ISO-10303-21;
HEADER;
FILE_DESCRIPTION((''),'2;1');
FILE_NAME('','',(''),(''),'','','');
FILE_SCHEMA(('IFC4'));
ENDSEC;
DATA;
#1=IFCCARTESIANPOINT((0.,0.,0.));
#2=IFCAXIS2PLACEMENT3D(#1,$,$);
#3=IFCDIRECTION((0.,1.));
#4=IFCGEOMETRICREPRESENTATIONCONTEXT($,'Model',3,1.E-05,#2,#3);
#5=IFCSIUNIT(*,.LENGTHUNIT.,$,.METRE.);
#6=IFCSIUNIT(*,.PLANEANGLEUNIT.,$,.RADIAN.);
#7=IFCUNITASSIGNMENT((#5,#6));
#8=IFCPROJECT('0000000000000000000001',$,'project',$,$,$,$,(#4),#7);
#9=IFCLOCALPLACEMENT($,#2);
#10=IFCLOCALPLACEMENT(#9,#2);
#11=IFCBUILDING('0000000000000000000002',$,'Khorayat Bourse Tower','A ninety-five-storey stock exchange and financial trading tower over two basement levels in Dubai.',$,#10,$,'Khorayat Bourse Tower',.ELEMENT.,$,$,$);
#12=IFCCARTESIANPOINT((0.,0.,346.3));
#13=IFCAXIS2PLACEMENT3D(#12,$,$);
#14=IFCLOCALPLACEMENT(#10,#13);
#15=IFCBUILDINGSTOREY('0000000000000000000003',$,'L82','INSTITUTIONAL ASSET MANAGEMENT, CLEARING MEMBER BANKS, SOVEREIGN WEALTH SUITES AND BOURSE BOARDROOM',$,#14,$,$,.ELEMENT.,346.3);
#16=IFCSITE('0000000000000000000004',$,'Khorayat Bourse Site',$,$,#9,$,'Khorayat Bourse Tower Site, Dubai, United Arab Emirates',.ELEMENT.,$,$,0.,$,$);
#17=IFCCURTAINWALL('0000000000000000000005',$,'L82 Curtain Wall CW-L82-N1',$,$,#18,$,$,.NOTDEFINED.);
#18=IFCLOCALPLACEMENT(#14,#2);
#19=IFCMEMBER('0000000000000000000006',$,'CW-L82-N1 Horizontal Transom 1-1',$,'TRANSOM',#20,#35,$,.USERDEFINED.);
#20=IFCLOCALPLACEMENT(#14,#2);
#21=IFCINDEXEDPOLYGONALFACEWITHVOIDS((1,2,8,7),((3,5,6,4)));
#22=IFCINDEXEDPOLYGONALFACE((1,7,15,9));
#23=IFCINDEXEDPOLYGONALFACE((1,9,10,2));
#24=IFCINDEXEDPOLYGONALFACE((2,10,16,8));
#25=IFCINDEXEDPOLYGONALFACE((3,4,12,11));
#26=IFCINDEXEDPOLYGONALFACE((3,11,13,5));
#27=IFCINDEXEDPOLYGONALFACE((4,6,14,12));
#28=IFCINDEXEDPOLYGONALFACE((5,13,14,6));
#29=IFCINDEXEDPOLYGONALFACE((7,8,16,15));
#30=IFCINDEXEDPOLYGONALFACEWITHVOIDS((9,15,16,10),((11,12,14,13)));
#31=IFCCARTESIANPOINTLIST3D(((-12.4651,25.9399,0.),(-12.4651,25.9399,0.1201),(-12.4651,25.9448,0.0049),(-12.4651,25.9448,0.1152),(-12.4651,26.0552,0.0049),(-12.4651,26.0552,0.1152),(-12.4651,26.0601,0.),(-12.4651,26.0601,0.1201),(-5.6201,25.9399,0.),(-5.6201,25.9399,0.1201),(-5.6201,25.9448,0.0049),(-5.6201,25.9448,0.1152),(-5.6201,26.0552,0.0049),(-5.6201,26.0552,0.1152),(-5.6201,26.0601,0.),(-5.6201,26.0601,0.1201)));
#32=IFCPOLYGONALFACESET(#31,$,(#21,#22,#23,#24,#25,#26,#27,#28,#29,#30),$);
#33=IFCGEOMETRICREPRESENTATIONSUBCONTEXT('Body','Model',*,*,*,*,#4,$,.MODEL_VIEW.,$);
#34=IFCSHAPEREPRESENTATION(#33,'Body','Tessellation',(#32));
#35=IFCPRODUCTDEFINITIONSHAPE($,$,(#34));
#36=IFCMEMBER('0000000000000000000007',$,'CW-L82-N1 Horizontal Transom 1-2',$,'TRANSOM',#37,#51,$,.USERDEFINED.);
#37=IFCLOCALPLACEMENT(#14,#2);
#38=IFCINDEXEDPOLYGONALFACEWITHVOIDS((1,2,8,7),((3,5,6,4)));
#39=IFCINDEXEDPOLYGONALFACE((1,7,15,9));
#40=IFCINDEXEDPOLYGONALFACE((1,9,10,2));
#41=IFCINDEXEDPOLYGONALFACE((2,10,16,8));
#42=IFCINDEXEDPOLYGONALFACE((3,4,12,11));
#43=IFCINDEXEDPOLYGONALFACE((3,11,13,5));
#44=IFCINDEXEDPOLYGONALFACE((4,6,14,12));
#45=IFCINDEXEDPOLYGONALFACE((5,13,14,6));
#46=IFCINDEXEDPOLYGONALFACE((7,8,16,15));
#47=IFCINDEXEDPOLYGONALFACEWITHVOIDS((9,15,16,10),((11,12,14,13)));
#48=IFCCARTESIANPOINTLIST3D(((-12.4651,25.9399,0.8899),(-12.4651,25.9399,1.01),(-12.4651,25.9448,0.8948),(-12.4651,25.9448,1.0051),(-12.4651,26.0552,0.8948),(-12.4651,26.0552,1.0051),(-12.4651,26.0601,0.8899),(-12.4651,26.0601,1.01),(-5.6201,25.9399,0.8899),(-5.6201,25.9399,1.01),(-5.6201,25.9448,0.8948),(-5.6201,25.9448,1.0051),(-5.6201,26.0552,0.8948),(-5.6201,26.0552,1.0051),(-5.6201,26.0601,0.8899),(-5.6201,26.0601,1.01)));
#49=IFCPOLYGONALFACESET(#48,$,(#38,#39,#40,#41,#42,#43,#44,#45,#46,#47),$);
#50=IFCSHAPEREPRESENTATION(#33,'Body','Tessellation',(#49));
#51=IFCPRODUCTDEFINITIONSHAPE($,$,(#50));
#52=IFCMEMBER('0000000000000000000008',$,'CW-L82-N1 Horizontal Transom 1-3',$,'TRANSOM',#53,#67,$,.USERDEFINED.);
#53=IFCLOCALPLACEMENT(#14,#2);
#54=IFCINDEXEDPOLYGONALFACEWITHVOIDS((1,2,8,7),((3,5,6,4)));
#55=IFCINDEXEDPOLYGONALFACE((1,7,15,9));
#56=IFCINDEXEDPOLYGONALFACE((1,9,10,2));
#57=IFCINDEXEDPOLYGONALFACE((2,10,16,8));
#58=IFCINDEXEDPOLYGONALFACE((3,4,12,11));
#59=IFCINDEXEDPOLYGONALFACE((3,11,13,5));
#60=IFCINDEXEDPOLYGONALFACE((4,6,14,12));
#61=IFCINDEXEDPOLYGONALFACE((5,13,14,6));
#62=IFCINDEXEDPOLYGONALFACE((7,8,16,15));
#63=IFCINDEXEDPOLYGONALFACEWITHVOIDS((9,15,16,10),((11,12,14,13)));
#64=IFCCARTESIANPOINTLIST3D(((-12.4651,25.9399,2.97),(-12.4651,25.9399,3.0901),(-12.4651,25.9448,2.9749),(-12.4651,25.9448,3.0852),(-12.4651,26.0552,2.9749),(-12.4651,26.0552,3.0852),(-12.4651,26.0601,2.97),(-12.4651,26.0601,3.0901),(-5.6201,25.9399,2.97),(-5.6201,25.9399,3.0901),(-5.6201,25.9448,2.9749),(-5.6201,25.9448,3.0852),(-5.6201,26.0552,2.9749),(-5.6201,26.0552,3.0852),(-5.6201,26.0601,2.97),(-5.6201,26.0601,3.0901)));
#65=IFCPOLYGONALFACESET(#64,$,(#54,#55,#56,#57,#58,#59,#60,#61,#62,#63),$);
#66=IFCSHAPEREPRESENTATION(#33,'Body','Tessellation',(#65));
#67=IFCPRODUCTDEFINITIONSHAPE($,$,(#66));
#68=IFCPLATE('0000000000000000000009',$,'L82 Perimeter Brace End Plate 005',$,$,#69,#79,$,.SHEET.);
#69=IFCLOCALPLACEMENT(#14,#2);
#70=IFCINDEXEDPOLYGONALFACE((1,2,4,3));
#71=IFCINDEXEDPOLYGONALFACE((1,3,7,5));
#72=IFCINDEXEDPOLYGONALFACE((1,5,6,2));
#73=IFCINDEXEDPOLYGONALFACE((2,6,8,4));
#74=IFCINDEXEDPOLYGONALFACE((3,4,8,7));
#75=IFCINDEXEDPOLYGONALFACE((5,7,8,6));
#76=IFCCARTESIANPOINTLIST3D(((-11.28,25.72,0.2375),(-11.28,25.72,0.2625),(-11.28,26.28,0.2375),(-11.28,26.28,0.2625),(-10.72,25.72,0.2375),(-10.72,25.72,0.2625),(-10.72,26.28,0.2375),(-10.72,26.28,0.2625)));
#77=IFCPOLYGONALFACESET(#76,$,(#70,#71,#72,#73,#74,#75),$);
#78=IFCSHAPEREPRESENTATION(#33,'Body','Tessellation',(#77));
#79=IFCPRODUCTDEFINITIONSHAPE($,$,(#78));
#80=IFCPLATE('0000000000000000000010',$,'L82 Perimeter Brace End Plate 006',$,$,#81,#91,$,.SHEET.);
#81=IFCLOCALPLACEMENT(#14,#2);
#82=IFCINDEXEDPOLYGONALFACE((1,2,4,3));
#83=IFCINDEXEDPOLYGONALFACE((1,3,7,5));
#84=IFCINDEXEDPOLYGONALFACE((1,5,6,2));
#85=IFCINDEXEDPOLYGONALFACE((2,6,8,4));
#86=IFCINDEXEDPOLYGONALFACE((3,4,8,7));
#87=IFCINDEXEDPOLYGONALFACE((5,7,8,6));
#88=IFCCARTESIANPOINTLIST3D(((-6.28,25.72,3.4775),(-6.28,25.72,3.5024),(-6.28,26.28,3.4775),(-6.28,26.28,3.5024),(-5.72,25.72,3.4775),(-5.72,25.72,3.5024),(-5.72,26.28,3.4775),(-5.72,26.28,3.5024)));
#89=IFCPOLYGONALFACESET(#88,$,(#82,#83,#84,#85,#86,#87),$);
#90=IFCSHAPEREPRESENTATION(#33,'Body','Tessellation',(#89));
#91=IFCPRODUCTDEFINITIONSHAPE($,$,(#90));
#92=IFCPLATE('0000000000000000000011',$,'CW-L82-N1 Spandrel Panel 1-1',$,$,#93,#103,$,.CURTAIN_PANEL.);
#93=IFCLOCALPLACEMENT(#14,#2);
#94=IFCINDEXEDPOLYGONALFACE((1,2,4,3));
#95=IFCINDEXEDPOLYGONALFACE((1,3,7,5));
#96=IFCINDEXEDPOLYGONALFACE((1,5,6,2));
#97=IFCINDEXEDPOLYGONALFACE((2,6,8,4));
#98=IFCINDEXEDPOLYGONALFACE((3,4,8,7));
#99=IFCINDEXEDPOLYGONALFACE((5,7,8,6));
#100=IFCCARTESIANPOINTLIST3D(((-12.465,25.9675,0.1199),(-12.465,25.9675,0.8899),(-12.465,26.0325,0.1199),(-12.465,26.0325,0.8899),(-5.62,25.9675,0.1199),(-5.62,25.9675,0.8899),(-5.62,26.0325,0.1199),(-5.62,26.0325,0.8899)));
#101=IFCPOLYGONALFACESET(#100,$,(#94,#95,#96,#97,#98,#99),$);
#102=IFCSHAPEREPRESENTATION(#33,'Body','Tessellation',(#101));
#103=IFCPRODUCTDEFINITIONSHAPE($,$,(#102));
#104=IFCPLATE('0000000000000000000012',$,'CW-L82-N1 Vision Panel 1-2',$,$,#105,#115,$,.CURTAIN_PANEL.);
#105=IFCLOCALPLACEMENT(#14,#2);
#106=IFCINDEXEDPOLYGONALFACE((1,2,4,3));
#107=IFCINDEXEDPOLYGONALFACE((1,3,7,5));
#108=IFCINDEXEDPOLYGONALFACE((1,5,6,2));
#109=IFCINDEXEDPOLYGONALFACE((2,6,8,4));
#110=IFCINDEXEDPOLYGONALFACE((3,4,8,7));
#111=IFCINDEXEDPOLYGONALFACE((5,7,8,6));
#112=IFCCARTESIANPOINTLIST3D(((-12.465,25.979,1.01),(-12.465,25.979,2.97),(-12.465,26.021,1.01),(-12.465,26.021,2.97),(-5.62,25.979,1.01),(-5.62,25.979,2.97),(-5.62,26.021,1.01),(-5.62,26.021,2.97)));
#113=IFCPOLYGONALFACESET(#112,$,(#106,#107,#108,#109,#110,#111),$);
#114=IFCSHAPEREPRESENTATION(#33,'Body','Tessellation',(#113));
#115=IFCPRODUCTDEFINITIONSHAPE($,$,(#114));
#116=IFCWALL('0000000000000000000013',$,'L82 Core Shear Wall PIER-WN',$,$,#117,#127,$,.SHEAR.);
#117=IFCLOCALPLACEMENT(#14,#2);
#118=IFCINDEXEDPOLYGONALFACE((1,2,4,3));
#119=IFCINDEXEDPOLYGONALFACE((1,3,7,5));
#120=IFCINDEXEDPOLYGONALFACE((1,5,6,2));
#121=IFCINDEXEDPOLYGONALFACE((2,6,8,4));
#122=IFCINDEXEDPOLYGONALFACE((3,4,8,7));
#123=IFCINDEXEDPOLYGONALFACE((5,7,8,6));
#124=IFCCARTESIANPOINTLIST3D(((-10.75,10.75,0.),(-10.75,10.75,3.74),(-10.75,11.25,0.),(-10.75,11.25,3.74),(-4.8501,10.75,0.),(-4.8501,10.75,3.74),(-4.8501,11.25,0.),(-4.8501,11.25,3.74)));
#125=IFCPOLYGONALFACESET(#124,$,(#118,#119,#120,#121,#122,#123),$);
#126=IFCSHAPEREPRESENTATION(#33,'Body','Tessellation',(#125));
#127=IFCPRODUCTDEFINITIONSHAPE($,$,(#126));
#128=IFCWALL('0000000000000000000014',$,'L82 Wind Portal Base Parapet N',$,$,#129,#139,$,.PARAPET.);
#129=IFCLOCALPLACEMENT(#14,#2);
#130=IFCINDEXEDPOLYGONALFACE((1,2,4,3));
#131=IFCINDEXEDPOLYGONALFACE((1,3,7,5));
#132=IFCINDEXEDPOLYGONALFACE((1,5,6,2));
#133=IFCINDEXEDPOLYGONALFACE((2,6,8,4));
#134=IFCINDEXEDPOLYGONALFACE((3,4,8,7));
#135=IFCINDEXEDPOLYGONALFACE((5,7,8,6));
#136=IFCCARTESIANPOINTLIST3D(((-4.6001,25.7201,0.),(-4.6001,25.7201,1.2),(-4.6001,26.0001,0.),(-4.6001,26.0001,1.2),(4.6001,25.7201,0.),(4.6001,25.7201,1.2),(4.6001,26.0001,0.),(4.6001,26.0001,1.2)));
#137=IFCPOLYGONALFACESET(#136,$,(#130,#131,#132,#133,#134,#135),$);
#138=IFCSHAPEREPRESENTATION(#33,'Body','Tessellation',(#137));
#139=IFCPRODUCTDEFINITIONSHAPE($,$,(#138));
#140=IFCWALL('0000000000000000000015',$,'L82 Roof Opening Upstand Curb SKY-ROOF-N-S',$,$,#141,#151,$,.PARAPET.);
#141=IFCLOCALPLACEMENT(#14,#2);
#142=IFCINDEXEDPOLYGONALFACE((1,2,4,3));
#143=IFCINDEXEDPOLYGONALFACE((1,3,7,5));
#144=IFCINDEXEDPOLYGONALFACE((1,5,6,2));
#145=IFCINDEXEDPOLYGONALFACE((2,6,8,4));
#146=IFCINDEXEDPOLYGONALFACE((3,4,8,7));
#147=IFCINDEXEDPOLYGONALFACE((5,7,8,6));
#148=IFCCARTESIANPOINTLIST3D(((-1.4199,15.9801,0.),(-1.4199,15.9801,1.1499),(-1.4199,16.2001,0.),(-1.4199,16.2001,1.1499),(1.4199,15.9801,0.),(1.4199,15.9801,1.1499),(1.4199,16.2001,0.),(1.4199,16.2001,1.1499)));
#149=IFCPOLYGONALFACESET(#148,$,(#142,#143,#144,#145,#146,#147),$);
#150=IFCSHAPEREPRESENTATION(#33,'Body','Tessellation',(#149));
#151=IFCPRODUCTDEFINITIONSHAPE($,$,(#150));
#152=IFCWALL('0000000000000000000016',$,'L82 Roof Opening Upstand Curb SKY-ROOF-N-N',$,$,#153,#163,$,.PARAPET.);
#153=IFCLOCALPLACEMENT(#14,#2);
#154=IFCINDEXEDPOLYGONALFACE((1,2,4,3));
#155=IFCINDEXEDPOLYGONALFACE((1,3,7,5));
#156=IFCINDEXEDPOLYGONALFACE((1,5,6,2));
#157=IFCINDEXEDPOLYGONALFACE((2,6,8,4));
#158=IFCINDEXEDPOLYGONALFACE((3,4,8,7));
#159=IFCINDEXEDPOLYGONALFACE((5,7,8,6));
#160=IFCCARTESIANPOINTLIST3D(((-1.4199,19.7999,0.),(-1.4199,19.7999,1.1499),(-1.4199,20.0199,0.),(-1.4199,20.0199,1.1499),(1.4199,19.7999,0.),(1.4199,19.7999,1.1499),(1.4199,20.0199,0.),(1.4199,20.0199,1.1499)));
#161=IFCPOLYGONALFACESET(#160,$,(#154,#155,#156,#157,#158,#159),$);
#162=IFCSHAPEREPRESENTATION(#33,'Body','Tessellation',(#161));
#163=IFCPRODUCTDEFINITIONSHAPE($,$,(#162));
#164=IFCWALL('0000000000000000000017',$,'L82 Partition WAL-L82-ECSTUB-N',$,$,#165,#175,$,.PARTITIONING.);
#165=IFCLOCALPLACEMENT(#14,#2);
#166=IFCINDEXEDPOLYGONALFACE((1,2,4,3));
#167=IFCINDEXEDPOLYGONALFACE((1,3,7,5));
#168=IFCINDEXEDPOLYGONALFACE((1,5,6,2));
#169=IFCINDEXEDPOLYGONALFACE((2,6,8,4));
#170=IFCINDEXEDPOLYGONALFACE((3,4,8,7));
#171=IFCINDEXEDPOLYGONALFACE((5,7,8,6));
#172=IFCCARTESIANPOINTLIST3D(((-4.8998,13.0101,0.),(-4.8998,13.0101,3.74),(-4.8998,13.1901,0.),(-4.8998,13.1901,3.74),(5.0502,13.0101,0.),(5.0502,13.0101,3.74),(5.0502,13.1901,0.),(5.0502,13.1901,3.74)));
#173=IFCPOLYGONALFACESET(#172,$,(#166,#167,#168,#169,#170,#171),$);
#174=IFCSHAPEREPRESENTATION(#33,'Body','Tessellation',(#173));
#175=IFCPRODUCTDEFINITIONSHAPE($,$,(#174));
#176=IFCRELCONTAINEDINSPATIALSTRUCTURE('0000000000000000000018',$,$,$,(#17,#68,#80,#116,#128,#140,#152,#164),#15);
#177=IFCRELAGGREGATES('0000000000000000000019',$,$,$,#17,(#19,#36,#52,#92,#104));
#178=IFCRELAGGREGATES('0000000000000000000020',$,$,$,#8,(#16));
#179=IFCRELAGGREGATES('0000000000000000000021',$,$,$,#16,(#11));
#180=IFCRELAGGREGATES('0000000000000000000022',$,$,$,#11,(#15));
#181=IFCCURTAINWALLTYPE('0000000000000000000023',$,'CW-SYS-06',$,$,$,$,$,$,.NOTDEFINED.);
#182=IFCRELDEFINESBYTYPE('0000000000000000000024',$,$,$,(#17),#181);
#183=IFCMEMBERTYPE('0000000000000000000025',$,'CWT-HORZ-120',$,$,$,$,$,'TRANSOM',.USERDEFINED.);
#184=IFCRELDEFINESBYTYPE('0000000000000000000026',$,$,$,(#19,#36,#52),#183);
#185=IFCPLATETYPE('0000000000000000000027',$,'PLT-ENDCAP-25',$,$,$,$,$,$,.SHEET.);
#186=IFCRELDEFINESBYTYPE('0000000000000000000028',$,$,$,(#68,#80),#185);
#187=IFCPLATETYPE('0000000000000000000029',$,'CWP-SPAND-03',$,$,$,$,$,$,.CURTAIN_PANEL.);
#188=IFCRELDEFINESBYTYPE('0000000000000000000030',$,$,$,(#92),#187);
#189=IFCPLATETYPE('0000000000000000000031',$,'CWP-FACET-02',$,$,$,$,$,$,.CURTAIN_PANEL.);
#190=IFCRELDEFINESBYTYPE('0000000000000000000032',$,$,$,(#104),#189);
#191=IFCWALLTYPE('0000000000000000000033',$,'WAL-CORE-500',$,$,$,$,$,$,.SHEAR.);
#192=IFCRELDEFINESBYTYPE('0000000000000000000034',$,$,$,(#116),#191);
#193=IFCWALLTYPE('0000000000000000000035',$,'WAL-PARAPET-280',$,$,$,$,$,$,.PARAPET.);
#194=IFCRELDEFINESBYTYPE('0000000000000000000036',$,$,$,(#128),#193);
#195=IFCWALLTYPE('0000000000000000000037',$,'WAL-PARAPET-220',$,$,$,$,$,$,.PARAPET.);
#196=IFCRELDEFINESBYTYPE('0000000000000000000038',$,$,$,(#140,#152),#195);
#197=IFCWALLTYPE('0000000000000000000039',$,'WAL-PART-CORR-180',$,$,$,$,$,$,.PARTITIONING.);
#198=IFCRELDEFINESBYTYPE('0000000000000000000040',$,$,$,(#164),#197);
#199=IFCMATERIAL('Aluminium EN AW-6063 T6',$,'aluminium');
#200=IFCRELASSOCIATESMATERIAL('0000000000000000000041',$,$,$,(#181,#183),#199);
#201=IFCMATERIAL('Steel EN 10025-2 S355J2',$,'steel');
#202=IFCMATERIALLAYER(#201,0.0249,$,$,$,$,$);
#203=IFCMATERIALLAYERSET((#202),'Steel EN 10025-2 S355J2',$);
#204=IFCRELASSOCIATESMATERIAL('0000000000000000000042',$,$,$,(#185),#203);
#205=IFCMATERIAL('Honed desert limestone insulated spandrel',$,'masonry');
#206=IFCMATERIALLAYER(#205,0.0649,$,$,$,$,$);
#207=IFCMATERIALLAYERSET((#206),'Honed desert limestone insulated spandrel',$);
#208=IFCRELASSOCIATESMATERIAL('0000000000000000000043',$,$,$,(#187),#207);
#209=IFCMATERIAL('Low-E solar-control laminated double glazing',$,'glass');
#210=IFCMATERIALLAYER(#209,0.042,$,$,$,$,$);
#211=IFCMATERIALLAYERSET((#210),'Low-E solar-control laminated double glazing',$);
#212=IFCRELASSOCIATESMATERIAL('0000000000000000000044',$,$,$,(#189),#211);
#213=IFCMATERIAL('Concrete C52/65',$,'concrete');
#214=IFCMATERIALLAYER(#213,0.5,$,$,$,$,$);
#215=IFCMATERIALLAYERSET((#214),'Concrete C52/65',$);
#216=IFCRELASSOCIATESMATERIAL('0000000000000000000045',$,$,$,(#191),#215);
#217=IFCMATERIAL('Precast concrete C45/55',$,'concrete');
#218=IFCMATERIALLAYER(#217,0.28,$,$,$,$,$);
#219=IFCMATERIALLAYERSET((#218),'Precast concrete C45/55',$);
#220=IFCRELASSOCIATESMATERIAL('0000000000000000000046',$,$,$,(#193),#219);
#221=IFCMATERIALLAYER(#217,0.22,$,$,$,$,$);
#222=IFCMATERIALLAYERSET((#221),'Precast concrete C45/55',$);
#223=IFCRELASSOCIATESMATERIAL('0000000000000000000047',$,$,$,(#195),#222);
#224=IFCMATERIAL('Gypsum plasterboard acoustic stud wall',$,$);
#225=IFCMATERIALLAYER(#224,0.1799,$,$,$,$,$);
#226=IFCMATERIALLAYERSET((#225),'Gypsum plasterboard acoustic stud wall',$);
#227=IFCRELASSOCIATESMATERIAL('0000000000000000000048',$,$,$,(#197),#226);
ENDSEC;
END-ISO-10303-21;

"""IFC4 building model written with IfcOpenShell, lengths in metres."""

from ifc_helpers import new_model, si_unit, direction, frame, frame_2d, origin, origin_2d, place, context, subcontext, project, spatial, rectangle, hollow_rectangle, extrude, source, transform, mapped, material, layer, layer_set, material_profile, profile_set, type_object, element, aggregate, save


model = new_model("IFC4")

# Units and contexts
model_context = context("Model", 3, precision=1e-05, world=origin(), true_north=direction((0.0, 1.0)))
body_context = subcontext(model_context, "Body", "Model", "MODEL_VIEW")
ifc_project = project(units=[si_unit("LENGTHUNIT", "METRE"), si_unit("PLANEANGLEUNIT", "RADIAN")], contexts=[model_context])

# Site, building, storey
site_placement = place(None, origin())
site = spatial("IfcSite", under=ifc_project, at=site_placement, Name="Khorayat Bourse Site", LongName="Khorayat Bourse Tower Site, Dubai, United Arab Emirates", CompositionType="ELEMENT", RefElevation=0.0)
building_placement = place(site_placement, origin())
building = spatial("IfcBuilding", under=site, at=building_placement, Name="Khorayat Bourse Tower", Description="A ninety-five-storey stock exchange and financial trading tower over two basement levels in Dubai.", LongName="Khorayat Bourse Tower", CompositionType="ELEMENT")
storey_placement = place(building_placement, frame((0.0, 0.0, 346.3)))
storey = spatial("IfcBuildingStorey", under=building, at=storey_placement, Name="L82", Description="INSTITUTIONAL ASSET MANAGEMENT, CLEARING MEMBER BANKS, SOVEREIGN WEALTH SUITES AND BOURSE BOARDROOM", CompositionType="ELEMENT", Elevation=346.3)

# Shared definitions
ifc_material_1 = material(Name="Concrete C52/65", Category="concrete")
ifc_material_2 = material(Name="Steel EN 10025-2 S355J2", Category="steel")

# Curtain wall, members
ifc_material_3 = material(Name="Aluminium EN AW-6063 T6", Category="aluminium")
curtain_wall_type = type_object("IfcCurtainWallType", Name="CW-SYS-06", PredefinedType="NOTDEFINED", material=ifc_material_3)
curtain_wall_placement = place(storey_placement, origin())
curtain_wall = element("IfcCurtainWall", 1, at=curtain_wall_placement, inside=storey, type_object=curtain_wall_type, Name="L82 Curtain Wall CW-L82-N1", PredefinedType="NOTDEFINED")
ifc_material_profile_1 = material_profile(ifc_material_3, hollow_rectangle(XDim=0.1201, YDim=0.1201, WallThickness=0.0049, at=origin_2d()), Name="ALU 120x120x5")
ifc_profile_set_1 = profile_set([ifc_material_profile_1], Name="Aluminium EN AW-6063 T6")
member_type_1 = type_object("IfcMemberType", Name="CWT-HORZ-120", ElementType="TRANSOM", PredefinedType="USERDEFINED", material=ifc_profile_set_1)
shared_shape_1 = source(origin(), body_context, "Body", "SweptSolid", [
    extrude(hollow_rectangle(XDim=0.1201, YDim=0.1201, WallThickness=0.0049, at=origin_2d()), origin(), (0.0, 0.0, 1.0), 6.845),
])
member_1_placement = place(storey_placement, frame((-5.6201, 26.0, 0.0601), z_axis=(-1.0, 0.0, 0.0), x_axis=(0.0, -1.0, 0.0)))
member_1 = element("IfcMember", 2, at=member_1_placement, type_object=member_type_1, Name="CW-L82-N1 Horizontal Transom 1-1", ObjectType="TRANSOM", PredefinedType="USERDEFINED", context=body_context, shape_type="MappedRepresentation", body=[
    mapped(shared_shape_1, transform((0.0, 0.0, 0.0), scale=1.0)),
])
member_2_placement = place(storey_placement, frame((-5.6201, 26.0, 0.95), z_axis=(-1.0, 0.0, 0.0), x_axis=(0.0, -1.0, 0.0)))
member_2 = element("IfcMember", 3, at=member_2_placement, type_object=member_type_1, Name="CW-L82-N1 Horizontal Transom 1-2", ObjectType="TRANSOM", PredefinedType="USERDEFINED", context=body_context, shape_type="MappedRepresentation", body=[
    mapped(shared_shape_1, transform((0.0, 0.0, 0.0), scale=1.0)),
])
member_3_placement = place(storey_placement, frame((-5.6201, 26.0, 3.03), z_axis=(-1.0, 0.0, 0.0), x_axis=(0.0, -1.0, 0.0)))
member_3 = element("IfcMember", 4, at=member_3_placement, type_object=member_type_1, Name="CW-L82-N1 Horizontal Transom 1-3", ObjectType="TRANSOM", PredefinedType="USERDEFINED", context=body_context, shape_type="MappedRepresentation", body=[
    mapped(shared_shape_1, transform((0.0, 0.0, 0.0), scale=1.0)),
])

# Plates
ifc_layer_1 = layer(ifc_material_2, 0.0249)
ifc_layer_set_1 = layer_set([ifc_layer_1], Name="Steel EN 10025-2 S355J2")
plate_type_1 = type_object("IfcPlateType", Name="PLT-ENDCAP-25", PredefinedType="SHEET", material=ifc_layer_set_1)
shared_shape_2 = source(origin(), body_context, "Body", "SweptSolid", [
    extrude(rectangle(XDim=0.5601, YDim=0.5601, at=origin_2d()), origin(), (0.0, 0.0, 1.0), 0.0249),
])
for number, where, z_axis, x_axis, name in (
    (5, (-11.0, 26.0, 0.2375), (0.0, 0.0, 1.0), (1.0, 0.0, 0.0), "L82 Perimeter Brace End Plate 005"),
    (6, (-6.0, 26.0, 3.4775), (0.0, 0.0, 1.0), (1.0, 0.0, 0.0), "L82 Perimeter Brace End Plate 006"),
):
    element("IfcPlate", number, at=place(storey_placement, frame(where, z_axis=z_axis, x_axis=x_axis)), inside=storey, type_object=plate_type_1, Name=name, PredefinedType="SHEET", context=body_context, shape_type="MappedRepresentation", body=[
        mapped(shared_shape_2, transform((0.0, 0.0, 0.0), scale=1.0)),
    ])

# Plates
ifc_material_4 = material(Name="Honed desert limestone insulated spandrel", Category="masonry")
ifc_layer_2 = layer(ifc_material_4, 0.0649)
ifc_layer_set_2 = layer_set([ifc_layer_2], Name="Honed desert limestone insulated spandrel")
plate_type_2 = type_object("IfcPlateType", Name="CWP-SPAND-03", PredefinedType="CURTAIN_PANEL", material=ifc_layer_set_2)
shared_shape_3 = source(origin(), body_context, "Body", "SweptSolid", [
    extrude(rectangle(XDim=6.845, YDim=0.0649, at=origin_2d()), origin(), (0.0, 0.0, 1.0), 0.77),
])
plate_1_placement = place(storey_placement, frame((-9.0425, 26.0, 0.1199), z_axis=(0.0, 0.0, 1.0), x_axis=(-1.0, 0.0, 0.0)))
plate_1 = element("IfcPlate", 7, at=plate_1_placement, type_object=plate_type_2, Name="CW-L82-N1 Spandrel Panel 1-1", PredefinedType="CURTAIN_PANEL", context=body_context, shape_type="MappedRepresentation", body=[
    mapped(shared_shape_3, transform((0.0, 0.0, 0.0), scale=1.0)),
])
ifc_material_5 = material(Name="Low-E solar-control laminated double glazing", Category="glass")
ifc_layer_3 = layer(ifc_material_5, 0.042)
ifc_layer_set_3 = layer_set([ifc_layer_3], Name="Low-E solar-control laminated double glazing")
plate_type_3 = type_object("IfcPlateType", Name="CWP-FACET-02", PredefinedType="CURTAIN_PANEL", material=ifc_layer_set_3)
shared_shape_4 = source(origin(), body_context, "Body", "SweptSolid", [
    extrude(rectangle(XDim=6.845, YDim=0.042, at=origin_2d()), origin(), (0.0, 0.0, 1.0), 1.96),
])
plate_2_placement = place(storey_placement, frame((-9.0425, 26.0, 1.01), z_axis=(0.0, 0.0, 1.0), x_axis=(-1.0, 0.0, 0.0)))
plate_2 = element("IfcPlate", 8, at=plate_2_placement, type_object=plate_type_3, Name="CW-L82-N1 Vision Panel 1-2", PredefinedType="CURTAIN_PANEL", context=body_context, shape_type="MappedRepresentation", body=[
    mapped(shared_shape_4, transform((0.0, 0.0, 0.0), scale=1.0)),
])
aggregate(curtain_wall, [member_1, member_2, member_3, plate_1, plate_2])

# Walls
ifc_layer_4 = layer(ifc_material_1, 0.5)
ifc_layer_set_4 = layer_set([ifc_layer_4], Name="Concrete C52/65")
wall_type_1 = type_object("IfcWallType", Name="WAL-CORE-500", PredefinedType="SHEAR", material=ifc_layer_set_4)
shared_shape_5 = source(origin(), body_context, "Body", "SweptSolid", [
    extrude(rectangle(XDim=5.8999, YDim=0.5, at=frame_2d((2.95, 0.0))), origin(), (0.0, 0.0, 1.0), 3.74),
])
wall_1_placement = place(storey_placement, frame((-10.75, 11.0, 0.0), z_axis=(0.0, 0.0, 1.0), x_axis=(1.0, 0.0, 0.0)))
element("IfcWall", 9, at=wall_1_placement, inside=storey, type_object=wall_type_1, Name="L82 Core Shear Wall PIER-WN", PredefinedType="SHEAR", context=body_context, shape_type="MappedRepresentation", body=[
    mapped(shared_shape_5, transform((0.0, 0.0, 0.0), scale=1.0)),
])
ifc_material_6 = material(Name="Precast concrete C45/55", Category="concrete")
ifc_layer_5 = layer(ifc_material_6, 0.28)
ifc_layer_set_5 = layer_set([ifc_layer_5], Name="Precast concrete C45/55")
wall_type_2 = type_object("IfcWallType", Name="WAL-PARAPET-280", PredefinedType="PARAPET", material=ifc_layer_set_5)
shared_shape_6 = source(origin(), body_context, "Body", "SweptSolid", [
    extrude(rectangle(XDim=9.2002, YDim=0.28, at=frame_2d((4.6001, 0.0))), origin(), (0.0, 0.0, 1.0), 1.2),
])
wall_2_placement = place(storey_placement, frame((-4.6001, 25.8601, 0.0), z_axis=(0.0, 0.0, 1.0), x_axis=(1.0, 0.0, 0.0)))
element("IfcWall", 10, at=wall_2_placement, inside=storey, type_object=wall_type_2, Name="L82 Wind Portal Base Parapet N", PredefinedType="PARAPET", context=body_context, shape_type="MappedRepresentation", body=[
    mapped(shared_shape_6, transform((0.0, 0.0, 0.0), scale=1.0)),
])
ifc_layer_6 = layer(ifc_material_6, 0.22)
ifc_layer_set_6 = layer_set([ifc_layer_6], Name="Precast concrete C45/55")
wall_type_3 = type_object("IfcWallType", Name="WAL-PARAPET-220", PredefinedType="PARAPET", material=ifc_layer_set_6)
shared_shape_7 = source(origin(), body_context, "Body", "SweptSolid", [
    extrude(rectangle(XDim=2.8398, YDim=0.22, at=frame_2d((1.4199, 0.0))), origin(), (0.0, 0.0, 1.0), 1.1499),
])
for number, where, z_axis, x_axis, name in (
    (11, (-1.4199, 16.0901, 0.0), (0.0, 0.0, 1.0), (1.0, 0.0, 0.0), "L82 Roof Opening Upstand Curb SKY-ROOF-N-S"),
    (12, (-1.4199, 19.9099, 0.0), (0.0, 0.0, 1.0), (1.0, 0.0, 0.0), "L82 Roof Opening Upstand Curb SKY-ROOF-N-N"),
):
    element("IfcWall", number, at=place(storey_placement, frame(where, z_axis=z_axis, x_axis=x_axis)), inside=storey, type_object=wall_type_3, Name=name, PredefinedType="PARAPET", context=body_context, shape_type="MappedRepresentation", body=[
        mapped(shared_shape_7, transform((0.0, 0.0, 0.0), scale=1.0)),
    ])
ifc_material_7 = material(Name="Gypsum plasterboard acoustic stud wall")
ifc_layer_7 = layer(ifc_material_7, 0.1799)
ifc_layer_set_7 = layer_set([ifc_layer_7], Name="Gypsum plasterboard acoustic stud wall")
wall_type_4 = type_object("IfcWallType", Name="WAL-PART-CORR-180", PredefinedType="PARTITIONING", material=ifc_layer_set_7)
shared_shape_8 = source(origin(), body_context, "Body", "SweptSolid", [
    extrude(rectangle(XDim=9.95, YDim=0.1799, at=frame_2d((4.9751, 0.0))), origin(), (0.0, 0.0, 1.0), 3.74),
])
wall_3_placement = place(storey_placement, frame((-4.8999, 13.1001, 0.0), z_axis=(0.0, 0.0, 1.0), x_axis=(1.0, 0.0, 0.0)))
element("IfcWall", 13, at=wall_3_placement, inside=storey, type_object=wall_type_4, Name="L82 Partition WAL-L82-ECSTUB-N", PredefinedType="PARTITIONING", context=body_context, shape_type="MappedRepresentation", body=[
    mapped(shared_shape_8, transform((0.0, 0.0, 0.0), scale=1.0)),
])

save(model, "model.ifc")
